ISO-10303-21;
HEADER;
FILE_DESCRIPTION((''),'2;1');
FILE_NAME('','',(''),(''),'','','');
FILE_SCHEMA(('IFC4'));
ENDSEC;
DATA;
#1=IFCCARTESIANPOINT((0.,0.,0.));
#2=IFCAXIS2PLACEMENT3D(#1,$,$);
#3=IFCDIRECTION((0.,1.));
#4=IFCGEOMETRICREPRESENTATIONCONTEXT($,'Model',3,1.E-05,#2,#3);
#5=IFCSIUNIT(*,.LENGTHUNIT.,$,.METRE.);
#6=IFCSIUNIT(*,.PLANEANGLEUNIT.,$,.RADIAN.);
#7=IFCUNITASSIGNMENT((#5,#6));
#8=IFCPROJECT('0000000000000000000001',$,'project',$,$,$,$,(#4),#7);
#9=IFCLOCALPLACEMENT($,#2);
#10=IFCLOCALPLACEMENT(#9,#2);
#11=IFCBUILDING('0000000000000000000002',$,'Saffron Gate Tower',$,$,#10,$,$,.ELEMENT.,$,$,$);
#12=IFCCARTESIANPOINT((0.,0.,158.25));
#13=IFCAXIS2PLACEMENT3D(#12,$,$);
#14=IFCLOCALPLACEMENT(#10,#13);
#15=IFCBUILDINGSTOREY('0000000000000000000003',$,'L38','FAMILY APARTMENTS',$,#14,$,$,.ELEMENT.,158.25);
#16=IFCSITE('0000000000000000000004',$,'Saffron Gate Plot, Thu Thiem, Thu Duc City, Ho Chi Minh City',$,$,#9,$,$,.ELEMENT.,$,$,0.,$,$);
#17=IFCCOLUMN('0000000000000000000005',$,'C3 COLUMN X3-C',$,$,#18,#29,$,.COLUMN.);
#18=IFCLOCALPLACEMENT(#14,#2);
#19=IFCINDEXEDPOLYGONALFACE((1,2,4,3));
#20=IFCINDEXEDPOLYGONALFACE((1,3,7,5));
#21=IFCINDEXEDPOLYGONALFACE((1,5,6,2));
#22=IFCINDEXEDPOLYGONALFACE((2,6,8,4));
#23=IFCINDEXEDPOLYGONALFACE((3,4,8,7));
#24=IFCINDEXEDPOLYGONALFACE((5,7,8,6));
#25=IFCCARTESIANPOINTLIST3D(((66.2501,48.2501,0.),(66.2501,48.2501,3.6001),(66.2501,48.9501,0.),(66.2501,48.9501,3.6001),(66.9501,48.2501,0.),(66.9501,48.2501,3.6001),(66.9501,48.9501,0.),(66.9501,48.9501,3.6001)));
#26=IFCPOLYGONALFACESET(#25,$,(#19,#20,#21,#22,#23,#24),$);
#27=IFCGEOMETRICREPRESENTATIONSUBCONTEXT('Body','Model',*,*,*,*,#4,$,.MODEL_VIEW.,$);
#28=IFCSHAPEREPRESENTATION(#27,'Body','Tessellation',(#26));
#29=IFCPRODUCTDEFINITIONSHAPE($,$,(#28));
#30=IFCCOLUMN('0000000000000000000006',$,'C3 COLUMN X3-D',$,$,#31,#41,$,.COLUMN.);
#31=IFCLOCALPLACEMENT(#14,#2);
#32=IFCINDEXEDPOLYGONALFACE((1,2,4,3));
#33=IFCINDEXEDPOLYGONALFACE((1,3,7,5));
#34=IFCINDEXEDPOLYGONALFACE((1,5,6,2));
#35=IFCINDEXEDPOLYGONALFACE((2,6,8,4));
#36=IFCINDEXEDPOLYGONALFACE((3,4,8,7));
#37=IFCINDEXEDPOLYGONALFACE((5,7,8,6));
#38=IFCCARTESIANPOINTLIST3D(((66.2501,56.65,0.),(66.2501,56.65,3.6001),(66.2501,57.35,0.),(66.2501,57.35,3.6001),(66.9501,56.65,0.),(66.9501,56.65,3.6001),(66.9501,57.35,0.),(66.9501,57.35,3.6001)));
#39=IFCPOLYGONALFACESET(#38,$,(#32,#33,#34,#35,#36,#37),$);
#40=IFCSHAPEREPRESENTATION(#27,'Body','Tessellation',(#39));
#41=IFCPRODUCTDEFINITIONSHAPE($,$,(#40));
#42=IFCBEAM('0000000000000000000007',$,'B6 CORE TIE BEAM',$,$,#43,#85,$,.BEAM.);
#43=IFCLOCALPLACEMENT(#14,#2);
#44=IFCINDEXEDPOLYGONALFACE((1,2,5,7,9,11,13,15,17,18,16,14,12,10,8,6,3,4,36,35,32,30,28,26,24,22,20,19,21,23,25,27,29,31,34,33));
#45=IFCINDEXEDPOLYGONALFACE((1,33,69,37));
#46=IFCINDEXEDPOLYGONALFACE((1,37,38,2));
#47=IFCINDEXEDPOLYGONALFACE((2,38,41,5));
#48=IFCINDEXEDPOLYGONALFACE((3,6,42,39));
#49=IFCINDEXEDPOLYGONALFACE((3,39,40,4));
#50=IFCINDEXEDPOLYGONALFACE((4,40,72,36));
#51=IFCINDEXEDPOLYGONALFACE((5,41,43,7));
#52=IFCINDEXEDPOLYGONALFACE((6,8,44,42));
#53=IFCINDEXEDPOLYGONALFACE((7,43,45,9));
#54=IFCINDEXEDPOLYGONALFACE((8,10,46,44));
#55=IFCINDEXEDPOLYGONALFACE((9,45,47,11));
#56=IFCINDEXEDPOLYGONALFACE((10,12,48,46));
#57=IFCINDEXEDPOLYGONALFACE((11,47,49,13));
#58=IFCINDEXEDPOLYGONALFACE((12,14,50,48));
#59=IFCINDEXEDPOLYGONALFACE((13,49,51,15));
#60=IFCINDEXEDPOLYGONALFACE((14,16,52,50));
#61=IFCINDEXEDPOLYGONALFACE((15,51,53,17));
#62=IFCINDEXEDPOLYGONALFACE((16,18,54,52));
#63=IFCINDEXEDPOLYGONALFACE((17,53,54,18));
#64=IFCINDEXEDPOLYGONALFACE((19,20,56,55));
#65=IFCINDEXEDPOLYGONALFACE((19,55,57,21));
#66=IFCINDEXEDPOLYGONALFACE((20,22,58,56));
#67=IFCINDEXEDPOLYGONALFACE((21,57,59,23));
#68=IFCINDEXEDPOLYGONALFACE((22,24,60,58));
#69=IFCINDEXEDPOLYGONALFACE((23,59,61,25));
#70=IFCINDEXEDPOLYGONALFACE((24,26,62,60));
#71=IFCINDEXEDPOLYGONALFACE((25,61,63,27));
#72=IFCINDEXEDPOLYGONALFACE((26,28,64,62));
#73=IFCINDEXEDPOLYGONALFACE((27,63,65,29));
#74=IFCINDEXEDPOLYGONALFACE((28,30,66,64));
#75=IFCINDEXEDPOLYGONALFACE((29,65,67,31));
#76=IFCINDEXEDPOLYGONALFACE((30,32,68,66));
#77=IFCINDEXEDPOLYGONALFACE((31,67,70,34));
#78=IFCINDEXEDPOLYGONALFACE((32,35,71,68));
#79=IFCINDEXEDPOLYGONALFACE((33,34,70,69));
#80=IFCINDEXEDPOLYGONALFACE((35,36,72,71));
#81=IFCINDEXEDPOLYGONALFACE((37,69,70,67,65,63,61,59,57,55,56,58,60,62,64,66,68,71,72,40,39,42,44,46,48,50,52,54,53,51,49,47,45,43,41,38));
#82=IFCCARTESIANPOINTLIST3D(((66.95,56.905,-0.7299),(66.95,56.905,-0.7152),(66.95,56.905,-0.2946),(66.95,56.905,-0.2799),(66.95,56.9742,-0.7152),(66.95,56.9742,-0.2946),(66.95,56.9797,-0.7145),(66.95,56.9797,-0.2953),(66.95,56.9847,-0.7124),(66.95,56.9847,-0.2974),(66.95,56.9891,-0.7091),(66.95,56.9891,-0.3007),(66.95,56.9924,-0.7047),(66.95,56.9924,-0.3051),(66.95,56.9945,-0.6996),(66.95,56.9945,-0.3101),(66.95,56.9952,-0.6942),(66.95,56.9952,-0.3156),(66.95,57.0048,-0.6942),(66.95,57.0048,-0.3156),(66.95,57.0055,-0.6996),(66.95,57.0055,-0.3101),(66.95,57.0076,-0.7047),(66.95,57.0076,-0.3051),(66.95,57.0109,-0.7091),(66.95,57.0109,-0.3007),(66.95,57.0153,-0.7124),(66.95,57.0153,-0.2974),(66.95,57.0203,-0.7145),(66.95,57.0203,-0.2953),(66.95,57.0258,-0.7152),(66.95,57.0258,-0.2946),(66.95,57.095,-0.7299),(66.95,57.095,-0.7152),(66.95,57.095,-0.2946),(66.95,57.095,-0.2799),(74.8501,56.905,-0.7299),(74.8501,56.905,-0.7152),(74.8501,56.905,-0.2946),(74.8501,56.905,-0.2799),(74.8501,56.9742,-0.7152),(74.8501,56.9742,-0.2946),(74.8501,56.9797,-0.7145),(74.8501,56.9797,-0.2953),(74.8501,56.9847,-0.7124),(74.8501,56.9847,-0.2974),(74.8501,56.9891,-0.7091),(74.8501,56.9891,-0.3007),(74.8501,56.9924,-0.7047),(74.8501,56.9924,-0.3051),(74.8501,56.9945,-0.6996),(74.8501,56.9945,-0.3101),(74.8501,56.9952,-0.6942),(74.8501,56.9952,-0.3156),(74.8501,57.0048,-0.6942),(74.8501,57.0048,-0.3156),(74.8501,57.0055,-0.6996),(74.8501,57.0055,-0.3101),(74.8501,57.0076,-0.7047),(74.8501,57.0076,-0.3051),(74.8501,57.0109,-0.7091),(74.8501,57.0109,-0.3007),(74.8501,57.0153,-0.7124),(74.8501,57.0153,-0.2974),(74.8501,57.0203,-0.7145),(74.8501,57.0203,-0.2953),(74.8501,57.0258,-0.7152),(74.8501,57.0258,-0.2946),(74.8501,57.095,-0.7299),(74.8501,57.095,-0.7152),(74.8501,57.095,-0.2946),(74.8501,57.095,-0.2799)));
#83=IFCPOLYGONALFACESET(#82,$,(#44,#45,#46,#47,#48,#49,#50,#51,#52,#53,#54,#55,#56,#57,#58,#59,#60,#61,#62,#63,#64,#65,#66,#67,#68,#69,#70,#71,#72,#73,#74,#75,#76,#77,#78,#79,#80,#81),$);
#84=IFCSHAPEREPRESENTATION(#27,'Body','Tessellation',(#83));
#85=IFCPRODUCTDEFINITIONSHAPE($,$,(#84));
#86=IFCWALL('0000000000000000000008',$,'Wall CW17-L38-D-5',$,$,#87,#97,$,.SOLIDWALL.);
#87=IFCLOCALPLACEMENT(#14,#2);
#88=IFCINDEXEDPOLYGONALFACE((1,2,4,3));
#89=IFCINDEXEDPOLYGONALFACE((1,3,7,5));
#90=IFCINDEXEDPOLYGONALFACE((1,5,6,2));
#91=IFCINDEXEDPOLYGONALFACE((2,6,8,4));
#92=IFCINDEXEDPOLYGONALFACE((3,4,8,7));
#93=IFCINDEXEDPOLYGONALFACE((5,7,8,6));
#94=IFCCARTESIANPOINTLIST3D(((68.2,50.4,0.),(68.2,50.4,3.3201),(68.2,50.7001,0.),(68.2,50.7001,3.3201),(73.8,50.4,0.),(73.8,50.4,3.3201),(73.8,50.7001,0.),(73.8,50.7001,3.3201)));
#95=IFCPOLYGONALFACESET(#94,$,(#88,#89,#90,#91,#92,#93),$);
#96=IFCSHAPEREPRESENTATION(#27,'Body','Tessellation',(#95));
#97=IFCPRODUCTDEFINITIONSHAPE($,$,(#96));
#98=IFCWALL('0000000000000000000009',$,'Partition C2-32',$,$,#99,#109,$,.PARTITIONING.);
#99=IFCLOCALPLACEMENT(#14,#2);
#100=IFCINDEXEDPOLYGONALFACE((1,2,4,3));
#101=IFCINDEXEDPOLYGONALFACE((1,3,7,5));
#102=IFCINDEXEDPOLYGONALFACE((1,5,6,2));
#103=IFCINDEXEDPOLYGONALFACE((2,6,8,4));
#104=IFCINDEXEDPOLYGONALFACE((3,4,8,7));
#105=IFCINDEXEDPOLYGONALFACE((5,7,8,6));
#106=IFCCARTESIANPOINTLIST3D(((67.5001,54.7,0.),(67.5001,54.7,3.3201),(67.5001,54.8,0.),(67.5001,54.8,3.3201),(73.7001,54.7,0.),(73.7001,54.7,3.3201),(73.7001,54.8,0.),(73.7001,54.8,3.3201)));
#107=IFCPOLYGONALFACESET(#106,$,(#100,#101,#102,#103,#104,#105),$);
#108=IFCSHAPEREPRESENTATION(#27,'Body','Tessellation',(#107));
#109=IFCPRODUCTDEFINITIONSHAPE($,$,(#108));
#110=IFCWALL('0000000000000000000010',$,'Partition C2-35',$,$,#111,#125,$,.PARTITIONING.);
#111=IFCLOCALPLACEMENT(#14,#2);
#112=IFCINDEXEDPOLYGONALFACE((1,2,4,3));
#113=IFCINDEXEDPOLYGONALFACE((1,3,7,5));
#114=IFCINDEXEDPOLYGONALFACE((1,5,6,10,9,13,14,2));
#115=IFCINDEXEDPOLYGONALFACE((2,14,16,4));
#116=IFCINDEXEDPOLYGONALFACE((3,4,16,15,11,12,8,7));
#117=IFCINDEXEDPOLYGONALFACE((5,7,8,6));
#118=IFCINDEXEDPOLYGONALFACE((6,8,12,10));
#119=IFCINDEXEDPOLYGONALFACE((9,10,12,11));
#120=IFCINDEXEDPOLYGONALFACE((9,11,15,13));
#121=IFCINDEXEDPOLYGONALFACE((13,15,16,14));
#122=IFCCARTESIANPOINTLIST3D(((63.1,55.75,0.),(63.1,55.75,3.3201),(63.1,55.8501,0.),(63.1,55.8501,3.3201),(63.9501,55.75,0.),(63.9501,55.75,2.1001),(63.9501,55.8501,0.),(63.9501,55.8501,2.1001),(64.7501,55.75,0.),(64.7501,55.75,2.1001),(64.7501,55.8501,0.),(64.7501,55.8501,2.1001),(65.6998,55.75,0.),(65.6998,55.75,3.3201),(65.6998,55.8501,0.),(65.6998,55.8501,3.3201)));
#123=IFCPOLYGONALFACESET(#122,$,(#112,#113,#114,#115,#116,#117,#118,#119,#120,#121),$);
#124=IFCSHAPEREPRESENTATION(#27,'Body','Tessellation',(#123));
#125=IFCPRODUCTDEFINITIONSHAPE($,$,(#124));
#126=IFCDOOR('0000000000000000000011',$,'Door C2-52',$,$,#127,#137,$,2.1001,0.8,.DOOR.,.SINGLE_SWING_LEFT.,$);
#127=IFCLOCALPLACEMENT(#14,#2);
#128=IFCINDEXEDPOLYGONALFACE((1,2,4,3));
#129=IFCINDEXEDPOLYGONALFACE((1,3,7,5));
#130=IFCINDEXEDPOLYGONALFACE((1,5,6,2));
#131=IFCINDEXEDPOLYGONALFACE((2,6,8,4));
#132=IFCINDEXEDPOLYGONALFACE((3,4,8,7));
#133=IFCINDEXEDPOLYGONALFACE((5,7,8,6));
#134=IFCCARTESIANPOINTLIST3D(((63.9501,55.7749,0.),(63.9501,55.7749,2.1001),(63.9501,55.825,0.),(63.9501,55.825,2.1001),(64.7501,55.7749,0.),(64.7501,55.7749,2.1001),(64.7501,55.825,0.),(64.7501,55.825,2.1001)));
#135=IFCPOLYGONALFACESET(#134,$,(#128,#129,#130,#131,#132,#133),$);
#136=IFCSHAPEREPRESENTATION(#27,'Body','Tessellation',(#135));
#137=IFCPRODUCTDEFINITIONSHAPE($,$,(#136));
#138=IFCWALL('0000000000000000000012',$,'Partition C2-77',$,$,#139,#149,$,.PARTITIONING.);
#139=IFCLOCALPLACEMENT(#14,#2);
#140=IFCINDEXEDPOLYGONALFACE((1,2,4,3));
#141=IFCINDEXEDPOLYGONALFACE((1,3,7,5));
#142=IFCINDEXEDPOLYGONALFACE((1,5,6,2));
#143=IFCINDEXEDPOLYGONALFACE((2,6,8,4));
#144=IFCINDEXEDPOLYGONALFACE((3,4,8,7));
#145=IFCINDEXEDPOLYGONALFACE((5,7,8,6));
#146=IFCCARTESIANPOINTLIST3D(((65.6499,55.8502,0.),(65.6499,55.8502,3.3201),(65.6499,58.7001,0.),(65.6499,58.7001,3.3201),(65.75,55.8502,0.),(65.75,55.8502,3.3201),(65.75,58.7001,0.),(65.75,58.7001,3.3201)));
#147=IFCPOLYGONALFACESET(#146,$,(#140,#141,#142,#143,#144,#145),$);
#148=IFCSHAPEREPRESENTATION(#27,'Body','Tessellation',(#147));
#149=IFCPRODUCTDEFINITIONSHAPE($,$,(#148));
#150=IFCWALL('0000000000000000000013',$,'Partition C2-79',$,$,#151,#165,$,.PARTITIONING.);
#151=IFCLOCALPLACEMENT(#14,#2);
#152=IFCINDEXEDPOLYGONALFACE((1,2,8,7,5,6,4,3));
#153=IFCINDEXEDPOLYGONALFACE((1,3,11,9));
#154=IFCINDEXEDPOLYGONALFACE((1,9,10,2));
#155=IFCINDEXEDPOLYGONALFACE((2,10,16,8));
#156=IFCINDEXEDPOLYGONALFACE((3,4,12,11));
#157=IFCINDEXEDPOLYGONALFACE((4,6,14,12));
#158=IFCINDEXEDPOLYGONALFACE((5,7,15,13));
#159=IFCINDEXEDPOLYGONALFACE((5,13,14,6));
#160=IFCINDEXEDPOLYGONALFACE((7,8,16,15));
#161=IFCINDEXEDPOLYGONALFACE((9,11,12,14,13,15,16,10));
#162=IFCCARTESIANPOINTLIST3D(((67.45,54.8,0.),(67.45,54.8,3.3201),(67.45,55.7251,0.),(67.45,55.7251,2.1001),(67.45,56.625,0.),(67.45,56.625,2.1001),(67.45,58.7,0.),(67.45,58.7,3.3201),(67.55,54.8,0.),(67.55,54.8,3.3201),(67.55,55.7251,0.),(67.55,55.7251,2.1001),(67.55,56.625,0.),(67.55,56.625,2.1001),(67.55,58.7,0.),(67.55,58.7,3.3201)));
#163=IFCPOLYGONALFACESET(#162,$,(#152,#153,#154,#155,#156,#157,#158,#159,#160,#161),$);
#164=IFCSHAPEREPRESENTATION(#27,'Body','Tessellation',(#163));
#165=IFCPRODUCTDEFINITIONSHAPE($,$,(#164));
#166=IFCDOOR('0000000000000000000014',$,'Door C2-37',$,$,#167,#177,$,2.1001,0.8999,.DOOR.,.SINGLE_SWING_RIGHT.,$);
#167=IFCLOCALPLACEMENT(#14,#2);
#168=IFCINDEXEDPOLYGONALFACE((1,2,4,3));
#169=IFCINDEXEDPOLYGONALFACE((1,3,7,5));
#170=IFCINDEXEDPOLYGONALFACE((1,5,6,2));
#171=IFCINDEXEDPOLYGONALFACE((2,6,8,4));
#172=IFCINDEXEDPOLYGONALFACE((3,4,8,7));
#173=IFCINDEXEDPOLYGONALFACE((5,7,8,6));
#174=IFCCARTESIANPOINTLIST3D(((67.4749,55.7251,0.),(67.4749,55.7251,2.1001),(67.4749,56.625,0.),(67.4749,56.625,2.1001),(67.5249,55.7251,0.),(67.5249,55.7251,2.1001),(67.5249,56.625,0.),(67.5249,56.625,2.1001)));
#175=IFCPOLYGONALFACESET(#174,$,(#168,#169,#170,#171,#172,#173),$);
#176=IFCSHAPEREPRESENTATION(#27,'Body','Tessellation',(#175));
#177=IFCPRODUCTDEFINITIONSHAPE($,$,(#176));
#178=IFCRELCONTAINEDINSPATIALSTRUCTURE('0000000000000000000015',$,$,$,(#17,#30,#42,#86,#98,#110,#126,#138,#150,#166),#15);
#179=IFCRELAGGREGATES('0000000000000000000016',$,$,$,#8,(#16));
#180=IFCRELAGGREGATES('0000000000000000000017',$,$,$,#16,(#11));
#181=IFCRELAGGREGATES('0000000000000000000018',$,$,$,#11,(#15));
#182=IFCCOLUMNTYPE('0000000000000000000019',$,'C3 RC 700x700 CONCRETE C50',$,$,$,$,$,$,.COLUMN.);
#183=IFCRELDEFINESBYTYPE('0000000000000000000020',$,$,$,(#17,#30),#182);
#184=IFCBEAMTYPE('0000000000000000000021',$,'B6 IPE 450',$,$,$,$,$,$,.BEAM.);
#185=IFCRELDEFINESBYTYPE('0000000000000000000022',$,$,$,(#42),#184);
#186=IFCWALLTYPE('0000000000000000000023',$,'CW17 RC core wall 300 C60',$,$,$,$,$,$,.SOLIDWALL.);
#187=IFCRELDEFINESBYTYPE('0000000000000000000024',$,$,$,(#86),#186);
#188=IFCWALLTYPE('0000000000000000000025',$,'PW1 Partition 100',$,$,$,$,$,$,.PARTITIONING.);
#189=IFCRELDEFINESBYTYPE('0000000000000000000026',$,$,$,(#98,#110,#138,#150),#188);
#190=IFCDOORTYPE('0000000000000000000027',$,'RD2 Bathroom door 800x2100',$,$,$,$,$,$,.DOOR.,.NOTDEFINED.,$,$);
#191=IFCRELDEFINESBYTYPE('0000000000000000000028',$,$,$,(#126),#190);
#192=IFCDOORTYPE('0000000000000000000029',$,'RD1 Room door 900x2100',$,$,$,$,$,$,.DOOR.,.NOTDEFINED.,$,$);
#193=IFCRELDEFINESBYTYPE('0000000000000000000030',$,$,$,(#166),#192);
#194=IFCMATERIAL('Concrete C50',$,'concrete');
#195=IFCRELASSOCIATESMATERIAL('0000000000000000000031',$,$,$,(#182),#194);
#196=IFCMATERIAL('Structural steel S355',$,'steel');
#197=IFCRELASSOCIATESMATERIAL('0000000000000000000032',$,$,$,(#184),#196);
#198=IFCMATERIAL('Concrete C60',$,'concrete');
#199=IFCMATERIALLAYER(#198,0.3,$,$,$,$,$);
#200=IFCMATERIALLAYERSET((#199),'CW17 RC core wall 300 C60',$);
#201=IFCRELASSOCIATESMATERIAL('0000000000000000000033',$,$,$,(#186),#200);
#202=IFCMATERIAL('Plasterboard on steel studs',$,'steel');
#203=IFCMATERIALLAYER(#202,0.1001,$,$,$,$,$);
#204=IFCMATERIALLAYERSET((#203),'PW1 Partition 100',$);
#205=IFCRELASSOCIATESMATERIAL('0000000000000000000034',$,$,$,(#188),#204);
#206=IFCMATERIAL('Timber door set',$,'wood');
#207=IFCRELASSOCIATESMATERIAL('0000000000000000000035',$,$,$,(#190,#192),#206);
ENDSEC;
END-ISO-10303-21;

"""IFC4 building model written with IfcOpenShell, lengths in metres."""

from ifc_helpers import new_model, si_unit, direction, frame, frame_2d, origin, origin_2d, place, context, subcontext, project, spatial, rectangle, i_section, extrude, material, layer, layer_set, material_profile, profile_set, type_object, element, fill, save


model = new_model("IFC4")

# Units and contexts
model_context = context("Model", 3, precision=1e-05, world=origin(), true_north=direction((0.0, 1.0)))
body_context = subcontext(model_context, "Body", "Model", "MODEL_VIEW")
ifc_project = project(units=[si_unit("LENGTHUNIT", "METRE"), si_unit("PLANEANGLEUNIT", "RADIAN")], contexts=[model_context])

# Site, building, storey
site_placement = place(None, origin())
site = spatial("IfcSite", under=ifc_project, at=site_placement, Name="Saffron Gate Plot, Thu Thiem, Thu Duc City, Ho Chi Minh City", CompositionType="ELEMENT", RefElevation=0.0)
building_placement = place(site_placement, origin())
building = spatial("IfcBuilding", under=site, at=building_placement, Name="Saffron Gate Tower", CompositionType="ELEMENT")
storey_placement = place(building_placement, frame((0.0, 0.0, 158.25)))
storey = spatial("IfcBuildingStorey", under=building, at=storey_placement, Name="L38", Description="FAMILY APARTMENTS", CompositionType="ELEMENT", Elevation=158.25)

# Columns
ifc_material_1 = material(Name="Concrete C50", Category="concrete")
ifc_material_profile_1 = material_profile(ifc_material_1, rectangle(XDim=0.7, YDim=0.7, at=origin_2d()))
ifc_profile_set_1 = profile_set([ifc_material_profile_1], Name="Concrete C50")
column_type = type_object("IfcColumnType", Name="C3 RC 700x700 CONCRETE C50", PredefinedType="COLUMN", material=ifc_profile_set_1)
for number, where, z_axis, x_axis, name in (
    (1, (66.6001, 48.6001, 0.0), (0.0, 0.0, 1.0), (1.0, 0.0, 0.0), "C3 COLUMN X3-C"),
    (2, (66.6001, 57.0, 0.0), (0.0, 0.0, 1.0), (1.0, 0.0, 0.0), "C3 COLUMN X3-D"),
):
    element("IfcColumn", number, at=place(storey_placement, frame(where, z_axis=z_axis, x_axis=x_axis)), inside=storey, type_object=column_type, Name=name, PredefinedType="COLUMN", context=body_context, shape_type="SweptSolid", body=[
        extrude(rectangle(XDim=0.7, YDim=0.7, at=origin_2d()), origin(), (0.0, 0.0, 1.0), 3.6001),
    ])

# Beam
ifc_material_2 = material(Name="Structural steel S355", Category="steel")
ifc_material_profile_2 = material_profile(ifc_material_2, i_section(OverallWidth=0.1899, OverallDepth=0.45, WebThickness=0.0095, FlangeThickness=0.0146, FilletRadius=0.021, at=origin_2d()))
ifc_profile_set_2 = profile_set([ifc_material_profile_2], Name="Structural steel S355")
beam_type = type_object("IfcBeamType", Name="B6 IPE 450", PredefinedType="BEAM", material=ifc_profile_set_2)
beam_placement = place(storey_placement, frame((66.95, 57.0, -0.5049), z_axis=(1.0, 0.0, 0.0), x_axis=(0.0, 1.0, 0.0)))
element("IfcBeam", 3, at=beam_placement, inside=storey, type_object=beam_type, Name="B6 CORE TIE BEAM", PredefinedType="BEAM", context=body_context, shape_type="SweptSolid", body=[
    extrude(i_section(OverallWidth=0.1899, OverallDepth=0.45, WebThickness=0.0095, FlangeThickness=0.0146, FilletRadius=0.021, at=origin_2d()), origin(), (0.0, 0.0, 1.0), 7.9001),
])

# Walls
ifc_material_3 = material(Name="Concrete C60", Category="concrete")
ifc_layer_1 = layer(ifc_material_3, 0.3)
ifc_layer_set_1 = layer_set([ifc_layer_1], Name="CW17 RC core wall 300 C60")
wall_type_1 = type_object("IfcWallType", Name="CW17 RC core wall 300 C60", PredefinedType="SOLIDWALL", material=ifc_layer_set_1)
wall_1_placement = place(storey_placement, frame((68.2, 50.55, 0.0), z_axis=(0.0, 0.0, 1.0), x_axis=(1.0, 0.0, 0.0)))
element("IfcWall", 4, at=wall_1_placement, inside=storey, type_object=wall_type_1, Name="Wall CW17-L38-D-5", PredefinedType="SOLIDWALL", context=body_context, shape_type="SweptSolid", body=[
    extrude(rectangle(XDim=5.6001, YDim=0.3, at=frame_2d((2.8, 0.0))), origin(), (0.0, 0.0, 1.0), 3.3201),
])
ifc_material_4 = material(Name="Plasterboard on steel studs", Category="steel")
ifc_layer_2 = layer(ifc_material_4, 0.1001)
ifc_layer_set_2 = layer_set([ifc_layer_2], Name="PW1 Partition 100")
wall_type_2 = type_object("IfcWallType", Name="PW1 Partition 100", PredefinedType="PARTITIONING", material=ifc_layer_set_2)
wall_2_placement = place(storey_placement, frame((67.5, 54.75, 0.0), z_axis=(0.0, 0.0, 1.0), x_axis=(1.0, 0.0, 0.0)))
element("IfcWall", 5, at=wall_2_placement, inside=storey, type_object=wall_type_2, Name="Partition C2-32", PredefinedType="PARTITIONING", context=body_context, shape_type="SweptSolid", body=[
    extrude(rectangle(XDim=6.2, YDim=0.1001, at=frame_2d((3.1001, 0.0))), origin(), (0.0, 0.0, 1.0), 3.3201),
])

# Wall, opening, door
wall_3_placement = place(storey_placement, frame((63.1001, 55.8, 0.0), z_axis=(0.0, 0.0, 1.0), x_axis=(1.0, 0.0, 0.0)))
wall_3 = element("IfcWall", 6, at=wall_3_placement, inside=storey, type_object=wall_type_2, Name="Partition C2-35", PredefinedType="PARTITIONING", context=body_context, shape_type="SweptSolid", body=[
    extrude(rectangle(XDim=2.5999, YDim=0.1001, at=frame_2d((1.2998, 0.0))), origin(), (0.0, 0.0, 1.0), 3.3201),
])
opening_1_placement = place(wall_3_placement, frame((0.8501, 0.0, 0.0)))
opening_1 = element("IfcOpeningElement", 7, at=opening_1_placement, cuts=wall_3, PredefinedType="OPENING", context=body_context, shape_type="SweptSolid", body=[
    extrude(rectangle(XDim=0.8, YDim=2.1001, at=frame_2d((0.3999, 1.05))), frame((0.0, 0.0601, 0.0), z_axis=(0.0, -1.0, 0.0), x_axis=(1.0, 0.0, 0.0)), (0.0, 0.0, 1.0), 0.1201),
])
ifc_material_5 = material(Name="Timber door set", Category="wood")
door_type_1 = type_object("IfcDoorType", Name="RD2 Bathroom door 800x2100", OperationType="NOTDEFINED", PredefinedType="DOOR", material=ifc_material_5)
door_1_placement = place(opening_1_placement, origin())
door_1 = element("IfcDoor", 8, at=door_1_placement, inside=storey, type_object=door_type_1, Name="Door C2-52", OperationType="SINGLE_SWING_LEFT", OverallHeight=2.1001, OverallWidth=0.8, PredefinedType="DOOR", context=body_context, shape_type="SweptSolid", body=[
    extrude(rectangle(XDim=0.8, YDim=2.1001, at=frame_2d((0.3999, 1.05))), frame((0.0, 0.0249, 0.0), z_axis=(0.0, -1.0, 0.0), x_axis=(1.0, 0.0, 0.0)), (0.0, 0.0, 1.0), 0.05),
])
fill(opening_1, door_1)

# Wall
wall_4_placement = place(storey_placement, frame((65.7, 58.7, 0.0), z_axis=(0.0, 0.0, 1.0), x_axis=(0.0, -1.0, 0.0)))
element("IfcWall", 9, at=wall_4_placement, inside=storey, type_object=wall_type_2, Name="Partition C2-77", PredefinedType="PARTITIONING", context=body_context, shape_type="SweptSolid", body=[
    extrude(rectangle(XDim=2.8499, YDim=0.1001, at=frame_2d((1.4248, 0.0))), origin(), (0.0, 0.0, 1.0), 3.3201),
])

# Wall, opening, door
wall_5_placement = place(storey_placement, frame((67.5, 58.7, 0.0), z_axis=(0.0, 0.0, 1.0), x_axis=(0.0, -1.0, 0.0)))
wall_5 = element("IfcWall", 10, at=wall_5_placement, inside=storey, type_object=wall_type_2, Name="Partition C2-79", PredefinedType="PARTITIONING", context=body_context, shape_type="SweptSolid", body=[
    extrude(rectangle(XDim=3.8999, YDim=0.1001, at=frame_2d((1.95, 0.0))), origin(), (0.0, 0.0, 1.0), 3.3201),
])
opening_2_placement = place(wall_5_placement, frame((2.075, 0.0, 0.0)))
opening_2 = element("IfcOpeningElement", 11, at=opening_2_placement, cuts=wall_5, PredefinedType="OPENING", context=body_context, shape_type="SweptSolid", body=[
    extrude(rectangle(XDim=0.8999, YDim=2.1001, at=frame_2d((0.45, 1.05))), frame((0.0, 0.0601, 0.0), z_axis=(0.0, -1.0, 0.0), x_axis=(1.0, 0.0, 0.0)), (0.0, 0.0, 1.0), 0.1201),
])
door_type_2 = type_object("IfcDoorType", Name="RD1 Room door 900x2100", OperationType="NOTDEFINED", PredefinedType="DOOR", material=ifc_material_5)
door_2_placement = place(opening_2_placement, origin())
door_2 = element("IfcDoor", 12, at=door_2_placement, inside=storey, type_object=door_type_2, Name="Door C2-37", OperationType="SINGLE_SWING_RIGHT", OverallHeight=2.1001, OverallWidth=0.8999, PredefinedType="DOOR", context=body_context, shape_type="SweptSolid", body=[
    extrude(rectangle(XDim=0.8999, YDim=2.1001, at=frame_2d((0.45, 1.05))), frame((0.0, 0.0249, 0.0), z_axis=(0.0, -1.0, 0.0), x_axis=(1.0, 0.0, 0.0)), (0.0, 0.0, 1.0), 0.05),
])
fill(opening_2, door_2)

save(model, "model.ifc")
